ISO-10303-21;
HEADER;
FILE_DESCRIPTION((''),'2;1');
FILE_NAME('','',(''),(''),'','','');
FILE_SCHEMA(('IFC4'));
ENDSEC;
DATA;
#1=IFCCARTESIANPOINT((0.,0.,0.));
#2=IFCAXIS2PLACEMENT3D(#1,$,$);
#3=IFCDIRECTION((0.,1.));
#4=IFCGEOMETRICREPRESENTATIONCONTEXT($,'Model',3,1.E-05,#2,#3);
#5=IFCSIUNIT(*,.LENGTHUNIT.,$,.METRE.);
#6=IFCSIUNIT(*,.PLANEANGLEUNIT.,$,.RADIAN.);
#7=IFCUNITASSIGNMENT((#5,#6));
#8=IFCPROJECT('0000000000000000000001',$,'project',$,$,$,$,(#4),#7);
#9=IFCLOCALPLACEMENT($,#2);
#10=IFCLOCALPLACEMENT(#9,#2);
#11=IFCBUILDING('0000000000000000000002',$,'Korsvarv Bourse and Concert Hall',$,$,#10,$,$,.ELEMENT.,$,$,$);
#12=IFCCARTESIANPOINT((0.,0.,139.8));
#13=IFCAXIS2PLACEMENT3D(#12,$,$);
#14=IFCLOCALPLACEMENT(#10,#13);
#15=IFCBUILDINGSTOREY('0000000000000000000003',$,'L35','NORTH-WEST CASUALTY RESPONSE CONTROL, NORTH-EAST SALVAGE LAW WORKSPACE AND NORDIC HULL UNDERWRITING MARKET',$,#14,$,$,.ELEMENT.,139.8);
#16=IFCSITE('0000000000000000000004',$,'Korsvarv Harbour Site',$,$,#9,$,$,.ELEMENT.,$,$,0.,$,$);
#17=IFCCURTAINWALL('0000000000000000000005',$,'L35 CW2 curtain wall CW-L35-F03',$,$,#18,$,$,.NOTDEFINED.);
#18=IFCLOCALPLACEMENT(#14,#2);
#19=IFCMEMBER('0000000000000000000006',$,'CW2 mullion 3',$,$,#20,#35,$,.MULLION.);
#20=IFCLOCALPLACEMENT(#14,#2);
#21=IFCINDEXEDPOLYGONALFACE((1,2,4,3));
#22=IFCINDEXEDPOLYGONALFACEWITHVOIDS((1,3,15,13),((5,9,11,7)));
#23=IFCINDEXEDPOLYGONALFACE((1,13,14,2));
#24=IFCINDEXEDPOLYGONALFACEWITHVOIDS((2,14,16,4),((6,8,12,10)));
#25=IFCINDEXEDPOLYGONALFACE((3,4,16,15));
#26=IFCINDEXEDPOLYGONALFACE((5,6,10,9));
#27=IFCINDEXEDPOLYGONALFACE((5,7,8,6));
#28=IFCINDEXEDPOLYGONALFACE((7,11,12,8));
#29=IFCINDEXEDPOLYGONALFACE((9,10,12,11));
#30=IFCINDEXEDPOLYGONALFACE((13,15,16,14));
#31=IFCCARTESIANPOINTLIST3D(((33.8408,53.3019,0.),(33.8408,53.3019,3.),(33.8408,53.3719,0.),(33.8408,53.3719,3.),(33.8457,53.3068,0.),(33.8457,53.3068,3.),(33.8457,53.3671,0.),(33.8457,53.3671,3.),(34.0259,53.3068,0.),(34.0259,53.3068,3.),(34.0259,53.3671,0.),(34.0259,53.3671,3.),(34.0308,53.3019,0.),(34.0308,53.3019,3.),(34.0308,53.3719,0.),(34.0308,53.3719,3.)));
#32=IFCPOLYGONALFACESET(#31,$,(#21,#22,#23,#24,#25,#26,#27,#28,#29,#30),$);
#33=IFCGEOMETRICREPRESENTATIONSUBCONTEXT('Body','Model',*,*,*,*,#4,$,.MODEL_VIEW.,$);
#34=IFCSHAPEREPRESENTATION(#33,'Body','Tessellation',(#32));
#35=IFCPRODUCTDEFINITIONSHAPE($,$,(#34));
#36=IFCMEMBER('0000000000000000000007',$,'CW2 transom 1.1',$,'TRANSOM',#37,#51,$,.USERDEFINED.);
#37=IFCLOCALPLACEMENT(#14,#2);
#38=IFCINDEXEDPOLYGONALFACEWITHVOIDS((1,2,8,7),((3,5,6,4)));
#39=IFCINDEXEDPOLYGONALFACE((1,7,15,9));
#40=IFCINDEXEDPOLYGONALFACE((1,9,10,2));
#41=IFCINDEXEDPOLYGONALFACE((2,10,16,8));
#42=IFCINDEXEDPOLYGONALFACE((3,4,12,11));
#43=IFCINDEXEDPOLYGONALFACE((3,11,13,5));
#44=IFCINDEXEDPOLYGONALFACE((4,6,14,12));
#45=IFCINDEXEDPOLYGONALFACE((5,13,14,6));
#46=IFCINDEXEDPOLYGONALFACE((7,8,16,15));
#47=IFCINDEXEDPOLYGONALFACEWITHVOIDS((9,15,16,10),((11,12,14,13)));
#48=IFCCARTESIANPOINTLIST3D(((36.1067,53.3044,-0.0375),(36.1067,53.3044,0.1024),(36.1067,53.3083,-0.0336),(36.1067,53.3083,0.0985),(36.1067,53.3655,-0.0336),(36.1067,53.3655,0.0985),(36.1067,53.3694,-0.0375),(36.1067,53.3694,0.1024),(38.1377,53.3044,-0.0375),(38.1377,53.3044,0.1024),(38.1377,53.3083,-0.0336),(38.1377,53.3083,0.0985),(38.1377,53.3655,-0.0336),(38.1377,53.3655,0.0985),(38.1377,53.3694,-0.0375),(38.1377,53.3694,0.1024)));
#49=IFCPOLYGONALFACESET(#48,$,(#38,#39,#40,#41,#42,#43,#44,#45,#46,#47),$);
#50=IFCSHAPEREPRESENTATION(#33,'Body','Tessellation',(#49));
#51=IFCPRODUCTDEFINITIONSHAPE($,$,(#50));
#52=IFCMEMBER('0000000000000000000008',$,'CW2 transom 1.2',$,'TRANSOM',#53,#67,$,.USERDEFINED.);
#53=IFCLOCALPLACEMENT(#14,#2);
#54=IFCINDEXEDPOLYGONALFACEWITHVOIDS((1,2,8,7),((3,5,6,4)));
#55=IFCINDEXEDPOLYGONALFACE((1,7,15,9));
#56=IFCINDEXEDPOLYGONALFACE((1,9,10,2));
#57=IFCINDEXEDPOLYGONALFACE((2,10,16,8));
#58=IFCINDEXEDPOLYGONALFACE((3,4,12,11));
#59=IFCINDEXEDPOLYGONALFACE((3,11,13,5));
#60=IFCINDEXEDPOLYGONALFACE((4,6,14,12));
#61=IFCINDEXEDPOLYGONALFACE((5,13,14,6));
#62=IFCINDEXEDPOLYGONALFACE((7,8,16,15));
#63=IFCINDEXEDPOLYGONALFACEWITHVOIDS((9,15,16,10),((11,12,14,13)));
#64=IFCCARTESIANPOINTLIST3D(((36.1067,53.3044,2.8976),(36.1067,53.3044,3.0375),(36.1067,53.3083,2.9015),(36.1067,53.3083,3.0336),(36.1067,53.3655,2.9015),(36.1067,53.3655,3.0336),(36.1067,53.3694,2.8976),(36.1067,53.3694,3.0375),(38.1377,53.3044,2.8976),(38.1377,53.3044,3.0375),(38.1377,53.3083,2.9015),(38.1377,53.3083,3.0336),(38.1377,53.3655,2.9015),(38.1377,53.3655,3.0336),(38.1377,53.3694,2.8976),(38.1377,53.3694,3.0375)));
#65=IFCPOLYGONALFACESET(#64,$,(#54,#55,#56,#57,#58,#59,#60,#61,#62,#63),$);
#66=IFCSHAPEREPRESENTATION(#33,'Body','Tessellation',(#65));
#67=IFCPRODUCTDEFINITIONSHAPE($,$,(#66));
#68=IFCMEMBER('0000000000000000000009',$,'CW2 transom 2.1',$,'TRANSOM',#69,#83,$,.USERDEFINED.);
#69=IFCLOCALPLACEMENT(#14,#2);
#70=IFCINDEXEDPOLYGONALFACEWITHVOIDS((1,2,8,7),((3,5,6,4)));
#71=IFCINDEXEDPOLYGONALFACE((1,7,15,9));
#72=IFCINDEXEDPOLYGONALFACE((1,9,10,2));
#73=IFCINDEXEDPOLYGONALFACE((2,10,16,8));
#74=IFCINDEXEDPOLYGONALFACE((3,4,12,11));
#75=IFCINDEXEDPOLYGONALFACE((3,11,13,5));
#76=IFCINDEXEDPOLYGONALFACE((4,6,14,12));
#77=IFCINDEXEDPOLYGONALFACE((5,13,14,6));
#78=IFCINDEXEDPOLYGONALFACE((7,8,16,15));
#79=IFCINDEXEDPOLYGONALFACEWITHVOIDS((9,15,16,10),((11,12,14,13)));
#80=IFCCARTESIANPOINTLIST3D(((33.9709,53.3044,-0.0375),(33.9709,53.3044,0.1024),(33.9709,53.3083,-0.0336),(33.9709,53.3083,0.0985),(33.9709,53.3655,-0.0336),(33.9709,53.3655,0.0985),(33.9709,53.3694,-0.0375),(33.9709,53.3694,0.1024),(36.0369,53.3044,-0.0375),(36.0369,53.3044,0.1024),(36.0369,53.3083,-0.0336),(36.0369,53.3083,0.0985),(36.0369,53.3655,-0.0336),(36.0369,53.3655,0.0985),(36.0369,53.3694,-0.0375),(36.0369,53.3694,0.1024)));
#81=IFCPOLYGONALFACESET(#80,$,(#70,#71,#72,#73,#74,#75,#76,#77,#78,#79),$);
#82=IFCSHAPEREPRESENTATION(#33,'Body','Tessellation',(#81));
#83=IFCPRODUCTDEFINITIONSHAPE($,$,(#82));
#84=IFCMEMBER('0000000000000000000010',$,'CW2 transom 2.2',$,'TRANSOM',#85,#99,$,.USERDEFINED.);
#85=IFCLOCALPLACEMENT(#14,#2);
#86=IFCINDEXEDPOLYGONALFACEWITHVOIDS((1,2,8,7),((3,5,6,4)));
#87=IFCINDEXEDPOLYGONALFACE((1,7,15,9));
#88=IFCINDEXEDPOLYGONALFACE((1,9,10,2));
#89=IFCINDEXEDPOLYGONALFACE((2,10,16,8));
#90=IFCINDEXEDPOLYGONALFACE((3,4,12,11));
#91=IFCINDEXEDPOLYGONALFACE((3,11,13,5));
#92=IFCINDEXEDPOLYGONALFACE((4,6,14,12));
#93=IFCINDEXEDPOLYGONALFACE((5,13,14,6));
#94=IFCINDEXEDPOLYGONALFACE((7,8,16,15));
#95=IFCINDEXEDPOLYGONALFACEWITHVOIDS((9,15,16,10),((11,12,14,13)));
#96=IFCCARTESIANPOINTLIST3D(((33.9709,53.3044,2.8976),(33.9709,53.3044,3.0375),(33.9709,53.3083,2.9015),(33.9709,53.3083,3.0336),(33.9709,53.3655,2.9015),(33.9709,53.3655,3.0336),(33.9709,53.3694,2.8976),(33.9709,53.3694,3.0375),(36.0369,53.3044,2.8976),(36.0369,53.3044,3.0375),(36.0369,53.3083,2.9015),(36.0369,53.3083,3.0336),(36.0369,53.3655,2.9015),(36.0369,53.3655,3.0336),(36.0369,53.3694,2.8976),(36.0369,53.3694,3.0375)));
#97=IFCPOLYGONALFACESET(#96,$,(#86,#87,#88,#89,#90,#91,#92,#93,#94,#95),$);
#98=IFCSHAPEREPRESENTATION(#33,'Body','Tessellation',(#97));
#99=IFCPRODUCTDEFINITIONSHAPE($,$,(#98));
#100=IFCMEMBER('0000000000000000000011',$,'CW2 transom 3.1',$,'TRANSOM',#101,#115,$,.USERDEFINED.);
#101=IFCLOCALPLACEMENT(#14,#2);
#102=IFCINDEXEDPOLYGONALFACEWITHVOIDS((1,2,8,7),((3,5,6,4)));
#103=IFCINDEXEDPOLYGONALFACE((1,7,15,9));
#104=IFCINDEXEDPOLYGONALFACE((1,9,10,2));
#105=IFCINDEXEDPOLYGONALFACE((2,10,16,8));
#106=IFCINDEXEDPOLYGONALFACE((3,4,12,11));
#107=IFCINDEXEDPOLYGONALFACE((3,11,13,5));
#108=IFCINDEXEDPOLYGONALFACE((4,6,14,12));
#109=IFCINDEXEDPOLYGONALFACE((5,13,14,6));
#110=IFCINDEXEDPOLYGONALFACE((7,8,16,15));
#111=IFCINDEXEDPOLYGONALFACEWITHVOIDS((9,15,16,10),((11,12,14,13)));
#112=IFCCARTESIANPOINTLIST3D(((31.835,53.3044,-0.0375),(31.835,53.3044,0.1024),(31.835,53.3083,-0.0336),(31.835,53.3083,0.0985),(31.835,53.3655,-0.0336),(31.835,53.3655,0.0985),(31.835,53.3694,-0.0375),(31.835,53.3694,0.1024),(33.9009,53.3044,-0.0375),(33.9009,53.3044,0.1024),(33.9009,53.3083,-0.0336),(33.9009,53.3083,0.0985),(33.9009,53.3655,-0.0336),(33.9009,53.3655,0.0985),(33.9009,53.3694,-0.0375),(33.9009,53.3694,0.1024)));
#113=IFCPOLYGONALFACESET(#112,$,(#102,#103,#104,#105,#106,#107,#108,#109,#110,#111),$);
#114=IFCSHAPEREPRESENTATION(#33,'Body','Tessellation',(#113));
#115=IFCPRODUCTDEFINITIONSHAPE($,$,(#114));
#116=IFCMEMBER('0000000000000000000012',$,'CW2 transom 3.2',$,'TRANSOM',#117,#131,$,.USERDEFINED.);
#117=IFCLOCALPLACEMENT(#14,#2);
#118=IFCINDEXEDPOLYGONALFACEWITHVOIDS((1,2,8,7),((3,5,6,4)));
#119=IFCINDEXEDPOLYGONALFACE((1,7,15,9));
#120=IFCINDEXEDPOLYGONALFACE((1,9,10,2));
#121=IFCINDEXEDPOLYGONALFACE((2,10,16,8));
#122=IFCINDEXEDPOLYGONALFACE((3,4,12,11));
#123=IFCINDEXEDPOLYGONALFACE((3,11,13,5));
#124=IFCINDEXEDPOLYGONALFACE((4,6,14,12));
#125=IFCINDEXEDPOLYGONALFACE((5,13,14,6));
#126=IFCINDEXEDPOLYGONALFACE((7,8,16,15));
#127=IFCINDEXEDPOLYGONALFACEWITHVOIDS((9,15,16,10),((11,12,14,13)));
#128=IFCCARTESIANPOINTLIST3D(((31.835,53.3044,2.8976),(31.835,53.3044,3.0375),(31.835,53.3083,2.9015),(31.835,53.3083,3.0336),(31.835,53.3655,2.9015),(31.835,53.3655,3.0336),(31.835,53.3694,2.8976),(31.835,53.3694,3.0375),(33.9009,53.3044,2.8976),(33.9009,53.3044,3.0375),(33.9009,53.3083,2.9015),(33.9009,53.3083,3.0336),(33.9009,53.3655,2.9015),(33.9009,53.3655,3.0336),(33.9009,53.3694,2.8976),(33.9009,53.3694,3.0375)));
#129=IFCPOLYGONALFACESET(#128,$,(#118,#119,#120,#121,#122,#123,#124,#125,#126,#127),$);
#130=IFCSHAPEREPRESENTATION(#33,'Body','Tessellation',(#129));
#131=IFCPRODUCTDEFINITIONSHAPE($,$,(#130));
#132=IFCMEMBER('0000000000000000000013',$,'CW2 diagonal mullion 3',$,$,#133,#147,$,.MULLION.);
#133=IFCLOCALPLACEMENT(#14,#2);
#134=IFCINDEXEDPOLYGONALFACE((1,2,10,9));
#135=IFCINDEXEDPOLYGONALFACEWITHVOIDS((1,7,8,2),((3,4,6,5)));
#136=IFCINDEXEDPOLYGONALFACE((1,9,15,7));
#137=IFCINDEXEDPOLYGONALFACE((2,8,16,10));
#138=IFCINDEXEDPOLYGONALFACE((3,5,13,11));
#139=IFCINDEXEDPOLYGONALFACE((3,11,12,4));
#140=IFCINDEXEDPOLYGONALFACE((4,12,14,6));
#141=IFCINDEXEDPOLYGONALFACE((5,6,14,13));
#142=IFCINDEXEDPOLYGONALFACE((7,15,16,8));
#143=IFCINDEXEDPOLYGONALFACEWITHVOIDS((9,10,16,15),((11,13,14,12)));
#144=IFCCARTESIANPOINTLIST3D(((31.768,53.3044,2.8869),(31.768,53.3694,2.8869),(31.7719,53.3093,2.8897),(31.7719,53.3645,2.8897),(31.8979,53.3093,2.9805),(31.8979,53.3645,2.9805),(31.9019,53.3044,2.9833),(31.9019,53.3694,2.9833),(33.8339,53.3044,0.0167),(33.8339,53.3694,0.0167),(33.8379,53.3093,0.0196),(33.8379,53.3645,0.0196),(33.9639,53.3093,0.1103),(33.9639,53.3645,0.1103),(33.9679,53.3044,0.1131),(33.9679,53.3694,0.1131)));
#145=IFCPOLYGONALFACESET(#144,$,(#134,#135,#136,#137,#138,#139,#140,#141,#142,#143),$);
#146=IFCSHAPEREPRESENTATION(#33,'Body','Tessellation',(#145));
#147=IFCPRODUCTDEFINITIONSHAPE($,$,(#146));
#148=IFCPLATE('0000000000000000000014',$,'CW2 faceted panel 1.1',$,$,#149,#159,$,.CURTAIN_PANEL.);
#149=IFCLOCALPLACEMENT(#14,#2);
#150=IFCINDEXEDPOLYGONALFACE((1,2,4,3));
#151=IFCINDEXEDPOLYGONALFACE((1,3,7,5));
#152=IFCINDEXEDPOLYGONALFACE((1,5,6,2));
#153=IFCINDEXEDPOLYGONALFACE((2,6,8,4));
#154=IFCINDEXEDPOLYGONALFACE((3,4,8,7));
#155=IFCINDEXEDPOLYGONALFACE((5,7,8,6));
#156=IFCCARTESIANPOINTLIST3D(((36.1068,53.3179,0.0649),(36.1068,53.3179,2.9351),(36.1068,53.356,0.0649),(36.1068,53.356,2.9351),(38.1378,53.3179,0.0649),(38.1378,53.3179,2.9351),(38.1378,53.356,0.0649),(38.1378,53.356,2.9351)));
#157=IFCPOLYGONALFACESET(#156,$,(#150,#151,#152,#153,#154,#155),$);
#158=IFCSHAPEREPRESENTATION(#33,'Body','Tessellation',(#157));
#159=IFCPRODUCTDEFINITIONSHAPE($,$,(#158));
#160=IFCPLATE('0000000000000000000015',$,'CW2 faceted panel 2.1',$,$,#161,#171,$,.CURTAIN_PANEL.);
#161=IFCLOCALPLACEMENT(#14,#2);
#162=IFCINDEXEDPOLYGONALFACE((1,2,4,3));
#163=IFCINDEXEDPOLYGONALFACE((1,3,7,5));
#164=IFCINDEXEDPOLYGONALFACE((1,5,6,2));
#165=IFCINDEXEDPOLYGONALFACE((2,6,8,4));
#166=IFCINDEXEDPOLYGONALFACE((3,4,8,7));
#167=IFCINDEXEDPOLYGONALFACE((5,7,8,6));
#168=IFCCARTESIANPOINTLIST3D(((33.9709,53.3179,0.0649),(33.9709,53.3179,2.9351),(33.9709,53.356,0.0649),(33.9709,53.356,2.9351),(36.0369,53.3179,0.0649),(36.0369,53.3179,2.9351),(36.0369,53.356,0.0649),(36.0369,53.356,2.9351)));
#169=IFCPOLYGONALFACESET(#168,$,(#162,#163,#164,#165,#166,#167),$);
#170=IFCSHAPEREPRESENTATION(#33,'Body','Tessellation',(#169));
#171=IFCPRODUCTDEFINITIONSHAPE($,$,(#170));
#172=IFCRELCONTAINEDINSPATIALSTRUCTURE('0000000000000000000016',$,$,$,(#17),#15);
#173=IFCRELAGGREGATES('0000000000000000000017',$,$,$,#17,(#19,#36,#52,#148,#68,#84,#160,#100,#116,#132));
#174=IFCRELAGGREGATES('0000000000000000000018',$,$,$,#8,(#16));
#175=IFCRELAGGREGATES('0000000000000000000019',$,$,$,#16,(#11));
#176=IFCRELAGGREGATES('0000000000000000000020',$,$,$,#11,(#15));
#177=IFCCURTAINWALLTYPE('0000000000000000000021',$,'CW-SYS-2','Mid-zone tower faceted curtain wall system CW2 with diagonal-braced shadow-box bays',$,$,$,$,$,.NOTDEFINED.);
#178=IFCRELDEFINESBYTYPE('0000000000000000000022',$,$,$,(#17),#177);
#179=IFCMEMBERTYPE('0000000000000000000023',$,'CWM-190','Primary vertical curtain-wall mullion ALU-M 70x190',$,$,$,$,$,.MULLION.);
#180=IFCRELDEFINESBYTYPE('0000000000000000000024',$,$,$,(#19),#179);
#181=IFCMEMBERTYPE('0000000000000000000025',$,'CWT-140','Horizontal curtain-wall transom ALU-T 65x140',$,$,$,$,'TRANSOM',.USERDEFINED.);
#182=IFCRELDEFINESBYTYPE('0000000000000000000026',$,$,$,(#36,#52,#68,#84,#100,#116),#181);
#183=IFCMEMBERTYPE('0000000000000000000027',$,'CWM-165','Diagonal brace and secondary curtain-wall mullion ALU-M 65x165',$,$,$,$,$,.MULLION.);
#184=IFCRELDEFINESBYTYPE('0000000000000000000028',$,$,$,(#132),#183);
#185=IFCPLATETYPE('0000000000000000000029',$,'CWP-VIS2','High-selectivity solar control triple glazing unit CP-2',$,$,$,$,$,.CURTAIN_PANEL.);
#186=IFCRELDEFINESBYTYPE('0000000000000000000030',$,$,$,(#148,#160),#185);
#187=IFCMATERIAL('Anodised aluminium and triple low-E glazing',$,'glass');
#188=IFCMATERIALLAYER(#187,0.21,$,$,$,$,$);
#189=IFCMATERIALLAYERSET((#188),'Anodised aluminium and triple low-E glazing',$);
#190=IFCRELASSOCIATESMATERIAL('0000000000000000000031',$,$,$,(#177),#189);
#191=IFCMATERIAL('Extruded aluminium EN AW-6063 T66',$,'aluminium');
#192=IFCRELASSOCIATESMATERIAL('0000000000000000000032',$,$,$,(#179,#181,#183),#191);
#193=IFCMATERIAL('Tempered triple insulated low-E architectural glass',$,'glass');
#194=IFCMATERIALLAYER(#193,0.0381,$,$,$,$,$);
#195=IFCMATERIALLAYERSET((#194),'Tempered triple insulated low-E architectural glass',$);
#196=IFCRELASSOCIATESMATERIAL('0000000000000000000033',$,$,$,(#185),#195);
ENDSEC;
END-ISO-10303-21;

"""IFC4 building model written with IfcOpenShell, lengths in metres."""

from ifc_helpers import new_model, si_unit, direction, frame, origin, origin_2d, place, context, subcontext, project, spatial, rectangle, hollow_rectangle, extrude, source, transform, mapped, material, layer, layer_set, material_profile, profile_set, type_object, element, aggregate, save


model = new_model("IFC4")

# Units and contexts
model_context = context("Model", 3, precision=1e-05, world=origin(), true_north=direction((0.0, 1.0)))
body_context = subcontext(model_context, "Body", "Model", "MODEL_VIEW")
ifc_project = project(units=[si_unit("LENGTHUNIT", "METRE"), si_unit("PLANEANGLEUNIT", "RADIAN")], contexts=[model_context])

# Site, building, storey
site_placement = place(None, origin())
site = spatial("IfcSite", under=ifc_project, at=site_placement, Name="Korsvarv Harbour Site", CompositionType="ELEMENT", RefElevation=0.0)
building_placement = place(site_placement, origin())
building = spatial("IfcBuilding", under=site, at=building_placement, Name="Korsvarv Bourse and Concert Hall", CompositionType="ELEMENT")
storey_placement = place(building_placement, frame((0.0, 0.0, 139.8)))
storey = spatial("IfcBuildingStorey", under=building, at=storey_placement, Name="L35", Description="NORTH-WEST CASUALTY RESPONSE CONTROL, NORTH-EAST SALVAGE LAW WORKSPACE AND NORDIC HULL UNDERWRITING MARKET", CompositionType="ELEMENT", Elevation=139.8)

# Curtain wall, members, plates
ifc_material_1 = material(Name="Anodised aluminium and triple low-E glazing", Category="glass")
ifc_layer_1 = layer(ifc_material_1, 0.21)
ifc_layer_set_1 = layer_set([ifc_layer_1], Name="Anodised aluminium and triple low-E glazing")
curtain_wall_type = type_object("IfcCurtainWallType", Name="CW-SYS-2", Description="Mid-zone tower faceted curtain wall system CW2 with diagonal-braced shadow-box bays", PredefinedType="NOTDEFINED", material=ifc_layer_set_1)
curtain_wall_placement = place(storey_placement, origin())
curtain_wall = element("IfcCurtainWall", 1, at=curtain_wall_placement, inside=storey, type_object=curtain_wall_type, Name="L35 CW2 curtain wall CW-L35-F03", PredefinedType="NOTDEFINED")
ifc_material_2 = material(Name="Extruded aluminium EN AW-6063 T66", Category="aluminium")
ifc_material_profile_1 = material_profile(ifc_material_2, hollow_rectangle(XDim=0.0701, YDim=0.1899, WallThickness=0.0049, at=origin_2d()), Name="ALU-M 70x190")
ifc_profile_set_1 = profile_set([ifc_material_profile_1], Name="Extruded aluminium EN AW-6063 T66")
member_type_1 = type_object("IfcMemberType", Name="CWM-190", Description="Primary vertical curtain-wall mullion ALU-M 70x190", PredefinedType="MULLION", material=ifc_profile_set_1)
shared_shape_1 = source(origin(), body_context, "Body", "SweptSolid", [
    extrude(hollow_rectangle(XDim=0.0701, YDim=0.1899, WallThickness=0.0049, at=origin_2d()), origin(), (0.0, 0.0, 1.0), 3.0),
])
member_1_placement = place(storey_placement, frame((33.9358, 53.3369, 0.0), z_axis=(0.0, 0.0, 1.0), x_axis=(0.0, -1.0, 0.0)))
member_1 = element("IfcMember", 2, at=member_1_placement, type_object=member_type_1, Name="CW2 mullion 3", PredefinedType="MULLION", context=body_context, shape_type="MappedRepresentation", body=[
    mapped(shared_shape_1, transform((0.0, 0.0, 0.0), scale=1.0)),
])
ifc_material_profile_2 = material_profile(ifc_material_2, hollow_rectangle(XDim=0.0649, YDim=0.1399, WallThickness=0.0039, at=origin_2d()), Name="ALU-T 65x140")
ifc_profile_set_2 = profile_set([ifc_material_profile_2], Name="Extruded aluminium EN AW-6063 T66")
member_type_2 = type_object("IfcMemberType", Name="CWT-140", Description="Horizontal curtain-wall transom ALU-T 65x140", ElementType="TRANSOM", PredefinedType="USERDEFINED", material=ifc_profile_set_2)
shared_shape_2 = source(origin(), body_context, "Body", "SweptSolid", [
    extrude(hollow_rectangle(XDim=0.0649, YDim=0.1399, WallThickness=0.0039, at=origin_2d()), origin(), (0.0, 0.0, 1.0), 2.031),
])
member_2_placement = place(storey_placement, frame((38.1377, 53.3369, 0.0325), z_axis=(-1.0, 0.0, 0.0), x_axis=(0.0, -1.0, 0.0)))
member_2 = element("IfcMember", 3, at=member_2_placement, type_object=member_type_2, Name="CW2 transom 1.1", ObjectType="TRANSOM", PredefinedType="USERDEFINED", context=body_context, shape_type="MappedRepresentation", body=[
    mapped(shared_shape_2, transform((0.0, 0.0, 0.0), scale=1.0)),
])
member_3_placement = place(storey_placement, frame((38.1377, 53.3369, 2.9675), z_axis=(-1.0, 0.0, 0.0), x_axis=(0.0, -1.0, 0.0)))
member_3 = element("IfcMember", 4, at=member_3_placement, type_object=member_type_2, Name="CW2 transom 1.2", ObjectType="TRANSOM", PredefinedType="USERDEFINED", context=body_context, shape_type="MappedRepresentation", body=[
    mapped(shared_shape_2, transform((0.0, 0.0, 0.0), scale=1.0)),
])
shared_shape_3 = source(origin(), body_context, "Body", "SweptSolid", [
    extrude(hollow_rectangle(XDim=0.0649, YDim=0.1399, WallThickness=0.0039, at=origin_2d()), origin(), (0.0, 0.0, 1.0), 2.0659),
])
member_4_placement = place(storey_placement, frame((36.0369, 53.3369, 0.0325), z_axis=(-1.0, 0.0, 0.0), x_axis=(0.0, -1.0, 0.0)))
member_4 = element("IfcMember", 5, at=member_4_placement, type_object=member_type_2, Name="CW2 transom 2.1", ObjectType="TRANSOM", PredefinedType="USERDEFINED", context=body_context, shape_type="MappedRepresentation", body=[
    mapped(shared_shape_3, transform((0.0, 0.0, 0.0), scale=1.0)),
])
member_5_placement = place(storey_placement, frame((36.0369, 53.3369, 2.9675), z_axis=(-1.0, 0.0, 0.0), x_axis=(0.0, -1.0, 0.0)))
member_5 = element("IfcMember", 6, at=member_5_placement, type_object=member_type_2, Name="CW2 transom 2.2", ObjectType="TRANSOM", PredefinedType="USERDEFINED", context=body_context, shape_type="MappedRepresentation", body=[
    mapped(shared_shape_3, transform((0.0, 0.0, 0.0), scale=1.0)),
])
member_6_placement = place(storey_placement, frame((33.9009, 53.3369, 0.0325), z_axis=(-1.0, 0.0, 0.0), x_axis=(0.0, -1.0, 0.0)))
member_6 = element("IfcMember", 7, at=member_6_placement, type_object=member_type_2, Name="CW2 transom 3.1", ObjectType="TRANSOM", PredefinedType="USERDEFINED", context=body_context, shape_type="MappedRepresentation", body=[
    mapped(shared_shape_3, transform((0.0, 0.0, 0.0), scale=1.0)),
])
member_7_placement = place(storey_placement, frame((33.9009, 53.3369, 2.9675), z_axis=(-1.0, 0.0, 0.0), x_axis=(0.0, -1.0, 0.0)))
member_7 = element("IfcMember", 8, at=member_7_placement, type_object=member_type_2, Name="CW2 transom 3.2", ObjectType="TRANSOM", PredefinedType="USERDEFINED", context=body_context, shape_type="MappedRepresentation", body=[
    mapped(shared_shape_3, transform((0.0, 0.0, 0.0), scale=1.0)),
])
ifc_material_profile_3 = material_profile(ifc_material_2, hollow_rectangle(XDim=0.0649, YDim=0.165, WallThickness=0.0049, at=origin_2d()), Name="ALU-M 65x165")
ifc_profile_set_3 = profile_set([ifc_material_profile_3], Name="Extruded aluminium EN AW-6063 T66")
member_type_3 = type_object("IfcMemberType", Name="CWM-165", Description="Diagonal brace and secondary curtain-wall mullion ALU-M 65x165", PredefinedType="MULLION", material=ifc_profile_set_3)
shared_shape_4 = source(origin(), body_context, "Body", "SweptSolid", [
    extrude(hollow_rectangle(XDim=0.0649, YDim=0.165, WallThickness=0.0049, at=origin_2d()), origin(), (0.0, 0.0, 1.0), 3.5364),
])
member_8_placement = place(storey_placement, frame((33.9009, 53.3369, 0.0649), z_axis=(-0.584199, 0.0, 0.81161), x_axis=(0.0, -1.0, 0.0)))
member_8 = element("IfcMember", 9, at=member_8_placement, type_object=member_type_3, Name="CW2 diagonal mullion 3", PredefinedType="MULLION", context=body_context, shape_type="MappedRepresentation", body=[
    mapped(shared_shape_4, transform((0.0, 0.0, 0.0), scale=1.0)),
])
ifc_material_3 = material(Name="Tempered triple insulated low-E architectural glass", Category="glass")
ifc_layer_2 = layer(ifc_material_3, 0.0381)
ifc_layer_set_2 = layer_set([ifc_layer_2], Name="Tempered triple insulated low-E architectural glass")
plate_type_1 = type_object("IfcPlateType", Name="CWP-VIS2", Description="High-selectivity solar control triple glazing unit CP-2", PredefinedType="CURTAIN_PANEL", material=ifc_layer_set_2)
shared_shape_5 = source(origin(), body_context, "Body", "SweptSolid", [
    extrude(rectangle(XDim=2.031, YDim=0.0381, at=origin_2d()), origin(), (0.0, 0.0, 1.0), 2.8701),
])
plate_1_placement = place(storey_placement, frame((37.1223, 53.3369, 0.0649), z_axis=(0.0, 0.0, 1.0), x_axis=(-1.0, 0.0, 0.0)))
plate_1 = element("IfcPlate", 10, at=plate_1_placement, type_object=plate_type_1, Name="CW2 faceted panel 1.1", PredefinedType="CURTAIN_PANEL", context=body_context, shape_type="MappedRepresentation", body=[
    mapped(shared_shape_5, transform((0.0, 0.0, 0.0), scale=1.0)),
])
shared_shape_6 = source(origin(), body_context, "Body", "SweptSolid", [
    extrude(rectangle(XDim=2.0659, YDim=0.0381, at=origin_2d()), origin(), (0.0, 0.0, 1.0), 2.8701),
])
plate_2_placement = place(storey_placement, frame((35.0039, 53.3369, 0.0649), z_axis=(0.0, 0.0, 1.0), x_axis=(-1.0, 0.0, 0.0)))
plate_2 = element("IfcPlate", 11, at=plate_2_placement, type_object=plate_type_1, Name="CW2 faceted panel 2.1", PredefinedType="CURTAIN_PANEL", context=body_context, shape_type="MappedRepresentation", body=[
    mapped(shared_shape_6, transform((0.0, 0.0, 0.0), scale=1.0)),
])
aggregate(curtain_wall, [member_1, member_2, member_3, plate_1, member_4, member_5, plate_2, member_6, member_7, member_8])

save(model, "model.ifc")
